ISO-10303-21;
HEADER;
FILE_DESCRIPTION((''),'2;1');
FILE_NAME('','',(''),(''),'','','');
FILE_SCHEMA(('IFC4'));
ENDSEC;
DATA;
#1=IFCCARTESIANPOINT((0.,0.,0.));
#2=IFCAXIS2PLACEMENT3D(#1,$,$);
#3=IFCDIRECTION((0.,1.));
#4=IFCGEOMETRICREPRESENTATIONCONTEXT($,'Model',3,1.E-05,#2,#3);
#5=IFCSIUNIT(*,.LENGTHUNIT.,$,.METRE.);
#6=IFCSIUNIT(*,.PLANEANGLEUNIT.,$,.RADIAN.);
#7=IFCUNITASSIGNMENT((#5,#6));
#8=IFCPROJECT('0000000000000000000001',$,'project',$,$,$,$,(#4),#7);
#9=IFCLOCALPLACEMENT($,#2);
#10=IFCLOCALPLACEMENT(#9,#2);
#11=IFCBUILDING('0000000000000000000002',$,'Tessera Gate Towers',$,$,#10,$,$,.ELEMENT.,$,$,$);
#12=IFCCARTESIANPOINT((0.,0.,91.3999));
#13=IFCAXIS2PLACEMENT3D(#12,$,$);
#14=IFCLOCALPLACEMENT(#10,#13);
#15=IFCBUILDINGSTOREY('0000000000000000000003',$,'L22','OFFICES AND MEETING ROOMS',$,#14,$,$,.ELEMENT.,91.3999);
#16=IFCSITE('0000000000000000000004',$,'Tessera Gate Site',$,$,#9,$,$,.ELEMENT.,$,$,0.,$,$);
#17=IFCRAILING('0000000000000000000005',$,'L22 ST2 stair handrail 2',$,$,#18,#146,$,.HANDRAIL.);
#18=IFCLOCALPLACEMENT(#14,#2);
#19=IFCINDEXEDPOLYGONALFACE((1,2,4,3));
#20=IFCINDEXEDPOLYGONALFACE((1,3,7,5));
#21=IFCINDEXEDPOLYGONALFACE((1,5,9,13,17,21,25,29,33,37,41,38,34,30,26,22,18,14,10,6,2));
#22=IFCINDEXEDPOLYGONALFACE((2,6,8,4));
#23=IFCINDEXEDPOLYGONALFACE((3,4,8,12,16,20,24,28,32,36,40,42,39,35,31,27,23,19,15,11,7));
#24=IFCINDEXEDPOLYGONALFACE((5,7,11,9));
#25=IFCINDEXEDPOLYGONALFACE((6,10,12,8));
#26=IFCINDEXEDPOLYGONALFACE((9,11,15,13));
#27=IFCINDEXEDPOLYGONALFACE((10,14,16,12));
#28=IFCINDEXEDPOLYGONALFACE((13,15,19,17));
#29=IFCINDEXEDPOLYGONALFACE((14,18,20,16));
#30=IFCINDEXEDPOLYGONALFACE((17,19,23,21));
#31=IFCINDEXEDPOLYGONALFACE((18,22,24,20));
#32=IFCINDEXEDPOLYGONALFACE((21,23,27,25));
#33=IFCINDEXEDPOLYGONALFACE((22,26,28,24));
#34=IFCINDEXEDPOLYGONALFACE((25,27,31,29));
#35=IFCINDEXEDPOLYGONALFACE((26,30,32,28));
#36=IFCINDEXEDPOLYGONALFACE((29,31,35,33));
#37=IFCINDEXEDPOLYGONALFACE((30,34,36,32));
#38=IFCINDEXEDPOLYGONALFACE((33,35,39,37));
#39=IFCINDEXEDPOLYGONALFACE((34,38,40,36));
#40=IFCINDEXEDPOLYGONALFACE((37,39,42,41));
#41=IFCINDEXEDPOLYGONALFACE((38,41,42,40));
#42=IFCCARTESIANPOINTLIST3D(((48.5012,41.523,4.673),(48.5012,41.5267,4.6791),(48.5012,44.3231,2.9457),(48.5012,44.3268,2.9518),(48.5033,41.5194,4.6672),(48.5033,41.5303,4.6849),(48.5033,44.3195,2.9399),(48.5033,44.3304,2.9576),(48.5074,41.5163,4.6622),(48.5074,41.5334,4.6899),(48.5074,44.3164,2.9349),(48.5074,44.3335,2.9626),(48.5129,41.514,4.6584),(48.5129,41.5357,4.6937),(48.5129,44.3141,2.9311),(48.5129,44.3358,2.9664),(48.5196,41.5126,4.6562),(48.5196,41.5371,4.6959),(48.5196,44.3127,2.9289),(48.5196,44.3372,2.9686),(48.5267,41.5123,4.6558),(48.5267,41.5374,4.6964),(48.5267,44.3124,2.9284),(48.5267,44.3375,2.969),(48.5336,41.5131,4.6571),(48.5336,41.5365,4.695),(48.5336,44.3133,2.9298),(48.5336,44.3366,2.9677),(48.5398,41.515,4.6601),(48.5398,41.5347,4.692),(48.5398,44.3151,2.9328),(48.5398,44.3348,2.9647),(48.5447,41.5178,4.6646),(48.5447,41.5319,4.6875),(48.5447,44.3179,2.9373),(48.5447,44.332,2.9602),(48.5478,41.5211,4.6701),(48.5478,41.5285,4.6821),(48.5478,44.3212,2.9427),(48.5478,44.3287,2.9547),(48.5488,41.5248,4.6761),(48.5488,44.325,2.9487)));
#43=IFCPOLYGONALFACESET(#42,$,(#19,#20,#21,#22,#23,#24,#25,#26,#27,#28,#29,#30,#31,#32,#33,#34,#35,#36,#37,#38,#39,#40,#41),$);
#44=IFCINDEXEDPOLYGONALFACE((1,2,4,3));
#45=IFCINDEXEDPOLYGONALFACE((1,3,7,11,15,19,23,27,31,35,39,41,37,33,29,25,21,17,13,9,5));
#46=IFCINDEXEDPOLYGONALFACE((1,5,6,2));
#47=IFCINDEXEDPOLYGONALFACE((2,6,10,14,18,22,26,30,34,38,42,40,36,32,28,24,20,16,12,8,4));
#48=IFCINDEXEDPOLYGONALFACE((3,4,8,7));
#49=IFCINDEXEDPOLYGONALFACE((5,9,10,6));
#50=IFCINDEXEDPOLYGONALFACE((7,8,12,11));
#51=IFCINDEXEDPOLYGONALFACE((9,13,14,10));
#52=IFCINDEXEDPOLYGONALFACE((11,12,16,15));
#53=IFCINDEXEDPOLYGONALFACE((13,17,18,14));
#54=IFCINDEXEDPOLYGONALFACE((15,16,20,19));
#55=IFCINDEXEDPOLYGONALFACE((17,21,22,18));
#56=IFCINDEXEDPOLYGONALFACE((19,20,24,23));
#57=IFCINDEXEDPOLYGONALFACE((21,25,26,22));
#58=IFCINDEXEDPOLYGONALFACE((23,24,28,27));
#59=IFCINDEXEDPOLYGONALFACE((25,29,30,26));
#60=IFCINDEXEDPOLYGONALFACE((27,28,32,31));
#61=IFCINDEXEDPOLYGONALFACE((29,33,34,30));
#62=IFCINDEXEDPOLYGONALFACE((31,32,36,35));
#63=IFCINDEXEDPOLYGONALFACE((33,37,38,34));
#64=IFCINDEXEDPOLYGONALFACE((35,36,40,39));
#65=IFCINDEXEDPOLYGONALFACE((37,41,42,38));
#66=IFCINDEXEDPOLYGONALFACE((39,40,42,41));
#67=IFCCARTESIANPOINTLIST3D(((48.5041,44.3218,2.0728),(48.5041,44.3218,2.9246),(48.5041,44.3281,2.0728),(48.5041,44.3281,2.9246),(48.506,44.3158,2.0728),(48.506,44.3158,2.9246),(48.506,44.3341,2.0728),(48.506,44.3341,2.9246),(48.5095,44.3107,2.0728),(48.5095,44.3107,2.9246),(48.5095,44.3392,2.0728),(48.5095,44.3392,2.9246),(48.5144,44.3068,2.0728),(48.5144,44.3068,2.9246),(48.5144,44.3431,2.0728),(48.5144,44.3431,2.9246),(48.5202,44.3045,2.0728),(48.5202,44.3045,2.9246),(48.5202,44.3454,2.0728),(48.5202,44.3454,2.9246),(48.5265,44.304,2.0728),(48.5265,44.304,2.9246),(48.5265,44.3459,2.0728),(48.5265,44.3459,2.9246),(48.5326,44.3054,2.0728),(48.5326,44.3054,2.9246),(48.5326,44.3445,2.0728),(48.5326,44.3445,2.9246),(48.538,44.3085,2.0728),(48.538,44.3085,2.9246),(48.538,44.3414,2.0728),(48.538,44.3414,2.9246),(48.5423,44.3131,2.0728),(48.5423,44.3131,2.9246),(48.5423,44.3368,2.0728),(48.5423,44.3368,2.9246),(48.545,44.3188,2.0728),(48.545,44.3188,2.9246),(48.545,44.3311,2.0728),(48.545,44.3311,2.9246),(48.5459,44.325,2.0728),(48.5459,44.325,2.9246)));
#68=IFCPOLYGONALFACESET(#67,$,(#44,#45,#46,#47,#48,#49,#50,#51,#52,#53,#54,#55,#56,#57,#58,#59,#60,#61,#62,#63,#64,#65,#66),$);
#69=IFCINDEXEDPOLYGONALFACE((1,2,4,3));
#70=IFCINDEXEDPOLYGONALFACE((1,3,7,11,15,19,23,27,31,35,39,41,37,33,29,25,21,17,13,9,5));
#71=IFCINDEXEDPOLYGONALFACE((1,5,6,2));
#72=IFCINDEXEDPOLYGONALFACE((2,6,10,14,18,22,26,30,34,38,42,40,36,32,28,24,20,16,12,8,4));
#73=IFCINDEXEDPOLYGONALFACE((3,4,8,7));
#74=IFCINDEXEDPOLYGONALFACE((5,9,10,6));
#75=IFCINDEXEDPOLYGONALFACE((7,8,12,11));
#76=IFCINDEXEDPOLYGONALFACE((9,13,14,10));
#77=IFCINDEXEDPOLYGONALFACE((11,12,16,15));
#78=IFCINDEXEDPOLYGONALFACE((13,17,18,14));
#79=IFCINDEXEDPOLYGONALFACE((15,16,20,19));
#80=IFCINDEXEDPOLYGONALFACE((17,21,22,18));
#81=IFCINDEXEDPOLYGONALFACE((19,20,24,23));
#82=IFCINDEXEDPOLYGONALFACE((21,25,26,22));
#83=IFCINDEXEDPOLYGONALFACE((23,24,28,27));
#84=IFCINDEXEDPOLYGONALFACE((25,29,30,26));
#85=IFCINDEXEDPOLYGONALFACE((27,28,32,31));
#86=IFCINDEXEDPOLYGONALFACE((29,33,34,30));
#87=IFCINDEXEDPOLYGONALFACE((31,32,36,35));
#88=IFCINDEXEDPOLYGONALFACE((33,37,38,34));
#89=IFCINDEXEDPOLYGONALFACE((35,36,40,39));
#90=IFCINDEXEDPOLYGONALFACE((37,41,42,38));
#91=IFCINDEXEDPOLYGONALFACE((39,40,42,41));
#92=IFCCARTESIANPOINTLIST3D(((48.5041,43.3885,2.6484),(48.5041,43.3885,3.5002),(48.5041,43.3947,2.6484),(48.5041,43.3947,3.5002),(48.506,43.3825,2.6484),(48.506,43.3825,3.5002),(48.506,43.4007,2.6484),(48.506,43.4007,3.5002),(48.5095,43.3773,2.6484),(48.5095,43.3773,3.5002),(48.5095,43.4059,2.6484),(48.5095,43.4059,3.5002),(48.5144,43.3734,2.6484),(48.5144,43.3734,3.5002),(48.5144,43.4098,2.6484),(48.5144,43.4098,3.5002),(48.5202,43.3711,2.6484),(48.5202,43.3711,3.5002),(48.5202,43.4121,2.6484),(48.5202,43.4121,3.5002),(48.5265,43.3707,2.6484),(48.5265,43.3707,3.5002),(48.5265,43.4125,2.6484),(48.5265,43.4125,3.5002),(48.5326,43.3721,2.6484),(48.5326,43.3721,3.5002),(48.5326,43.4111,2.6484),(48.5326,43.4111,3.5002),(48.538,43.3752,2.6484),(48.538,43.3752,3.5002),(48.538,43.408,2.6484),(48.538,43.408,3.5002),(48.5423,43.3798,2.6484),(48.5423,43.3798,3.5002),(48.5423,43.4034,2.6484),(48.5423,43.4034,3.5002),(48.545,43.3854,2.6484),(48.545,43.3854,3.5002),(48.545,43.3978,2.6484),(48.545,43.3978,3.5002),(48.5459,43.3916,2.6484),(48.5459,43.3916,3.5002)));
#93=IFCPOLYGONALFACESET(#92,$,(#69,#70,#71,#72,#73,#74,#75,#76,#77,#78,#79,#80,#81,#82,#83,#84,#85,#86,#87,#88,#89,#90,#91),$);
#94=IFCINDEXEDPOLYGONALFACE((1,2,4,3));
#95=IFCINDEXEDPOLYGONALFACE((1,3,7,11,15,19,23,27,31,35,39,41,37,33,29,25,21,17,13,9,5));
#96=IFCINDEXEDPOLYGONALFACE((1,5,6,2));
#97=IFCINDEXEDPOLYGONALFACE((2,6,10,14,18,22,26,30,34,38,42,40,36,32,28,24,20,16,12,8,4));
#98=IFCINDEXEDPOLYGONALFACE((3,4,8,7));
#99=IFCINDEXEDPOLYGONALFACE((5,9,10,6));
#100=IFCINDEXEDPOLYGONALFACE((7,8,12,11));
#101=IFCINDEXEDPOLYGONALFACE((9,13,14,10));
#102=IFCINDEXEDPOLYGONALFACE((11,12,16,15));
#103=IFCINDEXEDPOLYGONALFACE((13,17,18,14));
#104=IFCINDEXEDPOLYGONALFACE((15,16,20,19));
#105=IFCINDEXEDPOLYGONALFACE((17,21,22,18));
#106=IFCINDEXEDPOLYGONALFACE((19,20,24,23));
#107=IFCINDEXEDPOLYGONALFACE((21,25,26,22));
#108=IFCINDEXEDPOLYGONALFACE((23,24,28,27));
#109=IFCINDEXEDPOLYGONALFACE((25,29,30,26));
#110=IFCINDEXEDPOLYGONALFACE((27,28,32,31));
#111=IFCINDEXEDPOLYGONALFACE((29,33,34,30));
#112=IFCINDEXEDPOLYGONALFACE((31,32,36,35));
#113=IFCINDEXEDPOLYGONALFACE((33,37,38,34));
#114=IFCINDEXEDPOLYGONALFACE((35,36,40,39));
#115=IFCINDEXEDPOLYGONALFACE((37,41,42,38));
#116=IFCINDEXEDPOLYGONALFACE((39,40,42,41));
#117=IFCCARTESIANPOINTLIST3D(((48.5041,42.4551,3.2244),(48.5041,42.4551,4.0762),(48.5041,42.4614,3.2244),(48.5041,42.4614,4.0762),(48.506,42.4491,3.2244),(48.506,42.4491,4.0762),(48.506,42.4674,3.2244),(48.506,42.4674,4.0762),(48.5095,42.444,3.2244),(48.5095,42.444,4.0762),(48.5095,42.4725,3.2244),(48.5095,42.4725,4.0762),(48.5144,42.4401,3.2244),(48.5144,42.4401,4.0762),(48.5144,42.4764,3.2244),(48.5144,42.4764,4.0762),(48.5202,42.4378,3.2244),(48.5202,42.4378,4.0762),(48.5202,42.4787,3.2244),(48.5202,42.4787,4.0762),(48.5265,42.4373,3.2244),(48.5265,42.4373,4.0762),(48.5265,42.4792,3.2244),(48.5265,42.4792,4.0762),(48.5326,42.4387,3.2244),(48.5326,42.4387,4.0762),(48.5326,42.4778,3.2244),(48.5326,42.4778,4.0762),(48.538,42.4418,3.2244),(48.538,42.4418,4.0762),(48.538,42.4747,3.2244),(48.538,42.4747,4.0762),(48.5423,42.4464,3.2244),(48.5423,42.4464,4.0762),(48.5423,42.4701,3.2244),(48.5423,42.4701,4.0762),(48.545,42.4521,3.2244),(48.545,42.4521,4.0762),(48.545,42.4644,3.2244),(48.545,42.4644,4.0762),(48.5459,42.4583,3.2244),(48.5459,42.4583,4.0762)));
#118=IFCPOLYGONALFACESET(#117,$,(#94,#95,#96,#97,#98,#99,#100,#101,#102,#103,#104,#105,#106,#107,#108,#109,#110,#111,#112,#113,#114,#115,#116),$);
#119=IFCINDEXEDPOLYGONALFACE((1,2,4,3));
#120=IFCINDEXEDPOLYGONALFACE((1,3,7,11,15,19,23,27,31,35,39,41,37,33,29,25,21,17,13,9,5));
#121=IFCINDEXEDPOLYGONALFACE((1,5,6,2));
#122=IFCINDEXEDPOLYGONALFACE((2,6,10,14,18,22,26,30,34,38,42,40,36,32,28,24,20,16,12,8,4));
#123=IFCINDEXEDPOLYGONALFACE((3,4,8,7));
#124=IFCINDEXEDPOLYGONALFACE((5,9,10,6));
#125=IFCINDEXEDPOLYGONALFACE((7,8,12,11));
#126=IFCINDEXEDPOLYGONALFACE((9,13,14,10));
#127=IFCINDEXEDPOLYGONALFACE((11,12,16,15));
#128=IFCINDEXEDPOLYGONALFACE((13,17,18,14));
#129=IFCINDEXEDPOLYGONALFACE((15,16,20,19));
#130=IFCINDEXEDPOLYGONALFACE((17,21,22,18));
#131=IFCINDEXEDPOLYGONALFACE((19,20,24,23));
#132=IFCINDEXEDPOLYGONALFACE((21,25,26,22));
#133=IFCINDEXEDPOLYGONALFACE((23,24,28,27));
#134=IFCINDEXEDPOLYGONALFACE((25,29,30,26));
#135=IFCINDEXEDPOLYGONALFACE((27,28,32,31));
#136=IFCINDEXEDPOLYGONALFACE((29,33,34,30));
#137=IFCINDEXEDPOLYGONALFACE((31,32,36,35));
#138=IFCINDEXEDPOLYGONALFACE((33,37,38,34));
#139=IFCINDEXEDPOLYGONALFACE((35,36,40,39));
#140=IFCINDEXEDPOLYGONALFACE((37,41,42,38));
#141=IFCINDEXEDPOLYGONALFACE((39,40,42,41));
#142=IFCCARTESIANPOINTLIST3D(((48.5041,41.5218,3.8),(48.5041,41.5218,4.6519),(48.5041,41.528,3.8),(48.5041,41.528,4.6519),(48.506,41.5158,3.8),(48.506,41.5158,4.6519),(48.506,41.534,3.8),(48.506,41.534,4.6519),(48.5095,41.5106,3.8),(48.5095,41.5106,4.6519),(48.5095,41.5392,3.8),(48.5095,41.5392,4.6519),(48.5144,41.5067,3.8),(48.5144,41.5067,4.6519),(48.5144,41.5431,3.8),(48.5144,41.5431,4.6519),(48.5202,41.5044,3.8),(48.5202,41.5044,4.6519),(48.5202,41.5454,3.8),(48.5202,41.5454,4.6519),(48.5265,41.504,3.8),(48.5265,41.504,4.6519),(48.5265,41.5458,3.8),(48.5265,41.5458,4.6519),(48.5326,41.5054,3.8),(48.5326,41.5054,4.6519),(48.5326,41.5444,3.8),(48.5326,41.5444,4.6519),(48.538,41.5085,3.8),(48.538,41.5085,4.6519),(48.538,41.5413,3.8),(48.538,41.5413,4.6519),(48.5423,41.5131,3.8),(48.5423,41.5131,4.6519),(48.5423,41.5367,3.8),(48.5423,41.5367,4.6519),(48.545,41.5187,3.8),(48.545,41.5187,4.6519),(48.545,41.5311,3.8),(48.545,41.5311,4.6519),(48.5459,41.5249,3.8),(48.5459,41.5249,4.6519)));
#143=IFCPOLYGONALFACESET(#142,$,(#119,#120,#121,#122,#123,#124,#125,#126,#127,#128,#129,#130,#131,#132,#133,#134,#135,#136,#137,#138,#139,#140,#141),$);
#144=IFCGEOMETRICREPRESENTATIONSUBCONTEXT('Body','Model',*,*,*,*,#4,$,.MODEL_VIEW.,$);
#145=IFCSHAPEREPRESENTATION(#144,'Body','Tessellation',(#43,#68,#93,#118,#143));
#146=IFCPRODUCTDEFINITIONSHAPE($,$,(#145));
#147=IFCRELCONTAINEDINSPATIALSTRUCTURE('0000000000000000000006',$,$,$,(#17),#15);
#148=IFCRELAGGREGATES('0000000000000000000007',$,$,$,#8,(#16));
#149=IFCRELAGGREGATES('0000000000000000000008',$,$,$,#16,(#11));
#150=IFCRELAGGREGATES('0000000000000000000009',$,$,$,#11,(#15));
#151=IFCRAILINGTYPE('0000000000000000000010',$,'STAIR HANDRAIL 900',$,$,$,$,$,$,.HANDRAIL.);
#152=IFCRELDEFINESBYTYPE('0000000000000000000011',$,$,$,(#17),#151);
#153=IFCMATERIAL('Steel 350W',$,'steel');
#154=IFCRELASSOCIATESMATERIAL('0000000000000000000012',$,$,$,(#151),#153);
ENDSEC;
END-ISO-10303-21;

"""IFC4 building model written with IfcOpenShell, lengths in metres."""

from ifc_helpers import new_model, si_unit, direction, frame, origin, origin_2d, place, context, subcontext, project, spatial, circle, extrude, material, type_object, element, save


model = new_model("IFC4")

# Units and contexts
model_context = context("Model", 3, precision=1e-05, world=origin(), true_north=direction((0.0, 1.0)))
body_context = subcontext(model_context, "Body", "Model", "MODEL_VIEW")
ifc_project = project(units=[si_unit("LENGTHUNIT", "METRE"), si_unit("PLANEANGLEUNIT", "RADIAN")], contexts=[model_context])

# Site, building, storey
site_placement = place(None, origin())
site = spatial("IfcSite", under=ifc_project, at=site_placement, Name="Tessera Gate Site", CompositionType="ELEMENT", RefElevation=0.0)
building_placement = place(site_placement, origin())
building = spatial("IfcBuilding", under=site, at=building_placement, Name="Tessera Gate Towers", CompositionType="ELEMENT")
storey_placement = place(building_placement, frame((0.0, 0.0, 91.3999)))
storey = spatial("IfcBuildingStorey", under=building, at=storey_placement, Name="L22", Description="OFFICES AND MEETING ROOMS", CompositionType="ELEMENT", Elevation=91.3999)

# Railing
ifc_material_1 = material(Name="Steel 350W", Category="steel")
railing_type = type_object("IfcRailingType", Name="STAIR HANDRAIL 900", PredefinedType="HANDRAIL", material=ifc_material_1)
railing_placement = place(storey_placement, frame((48.5249, 44.325, 2.0728)))
element("IfcRailing", 1, at=railing_placement, inside=storey, type_object=railing_type, Name="L22 ST2 stair handrail 2", PredefinedType="HANDRAIL", context=body_context, shape_type="SweptSolid", body=[
    extrude(circle(Radius=0.0239, at=origin_2d()), frame((0.0, 0.0, 0.876), z_axis=(0.0, -0.85109, 0.52502), x_axis=(1.0, 0.0, 0.0)), (0.0, 0.0, 1.0), 3.29),
    extrude(circle(Radius=0.021, at=origin_2d()), origin(), (0.0, 0.0, 1.0), 0.8518),
    extrude(circle(Radius=0.021, at=origin_2d()), frame((0.0, -0.9333, 0.5757)), (0.0, 0.0, 1.0), 0.8518),
    extrude(circle(Radius=0.021, at=origin_2d()), frame((0.0, -1.8667, 1.1516)), (0.0, 0.0, 1.0), 0.8518),
    extrude(circle(Radius=0.021, at=origin_2d()), frame((0.0, -2.8, 1.7273)), (0.0, 0.0, 1.0), 0.8518),
])

save(model, "model.ifc")
